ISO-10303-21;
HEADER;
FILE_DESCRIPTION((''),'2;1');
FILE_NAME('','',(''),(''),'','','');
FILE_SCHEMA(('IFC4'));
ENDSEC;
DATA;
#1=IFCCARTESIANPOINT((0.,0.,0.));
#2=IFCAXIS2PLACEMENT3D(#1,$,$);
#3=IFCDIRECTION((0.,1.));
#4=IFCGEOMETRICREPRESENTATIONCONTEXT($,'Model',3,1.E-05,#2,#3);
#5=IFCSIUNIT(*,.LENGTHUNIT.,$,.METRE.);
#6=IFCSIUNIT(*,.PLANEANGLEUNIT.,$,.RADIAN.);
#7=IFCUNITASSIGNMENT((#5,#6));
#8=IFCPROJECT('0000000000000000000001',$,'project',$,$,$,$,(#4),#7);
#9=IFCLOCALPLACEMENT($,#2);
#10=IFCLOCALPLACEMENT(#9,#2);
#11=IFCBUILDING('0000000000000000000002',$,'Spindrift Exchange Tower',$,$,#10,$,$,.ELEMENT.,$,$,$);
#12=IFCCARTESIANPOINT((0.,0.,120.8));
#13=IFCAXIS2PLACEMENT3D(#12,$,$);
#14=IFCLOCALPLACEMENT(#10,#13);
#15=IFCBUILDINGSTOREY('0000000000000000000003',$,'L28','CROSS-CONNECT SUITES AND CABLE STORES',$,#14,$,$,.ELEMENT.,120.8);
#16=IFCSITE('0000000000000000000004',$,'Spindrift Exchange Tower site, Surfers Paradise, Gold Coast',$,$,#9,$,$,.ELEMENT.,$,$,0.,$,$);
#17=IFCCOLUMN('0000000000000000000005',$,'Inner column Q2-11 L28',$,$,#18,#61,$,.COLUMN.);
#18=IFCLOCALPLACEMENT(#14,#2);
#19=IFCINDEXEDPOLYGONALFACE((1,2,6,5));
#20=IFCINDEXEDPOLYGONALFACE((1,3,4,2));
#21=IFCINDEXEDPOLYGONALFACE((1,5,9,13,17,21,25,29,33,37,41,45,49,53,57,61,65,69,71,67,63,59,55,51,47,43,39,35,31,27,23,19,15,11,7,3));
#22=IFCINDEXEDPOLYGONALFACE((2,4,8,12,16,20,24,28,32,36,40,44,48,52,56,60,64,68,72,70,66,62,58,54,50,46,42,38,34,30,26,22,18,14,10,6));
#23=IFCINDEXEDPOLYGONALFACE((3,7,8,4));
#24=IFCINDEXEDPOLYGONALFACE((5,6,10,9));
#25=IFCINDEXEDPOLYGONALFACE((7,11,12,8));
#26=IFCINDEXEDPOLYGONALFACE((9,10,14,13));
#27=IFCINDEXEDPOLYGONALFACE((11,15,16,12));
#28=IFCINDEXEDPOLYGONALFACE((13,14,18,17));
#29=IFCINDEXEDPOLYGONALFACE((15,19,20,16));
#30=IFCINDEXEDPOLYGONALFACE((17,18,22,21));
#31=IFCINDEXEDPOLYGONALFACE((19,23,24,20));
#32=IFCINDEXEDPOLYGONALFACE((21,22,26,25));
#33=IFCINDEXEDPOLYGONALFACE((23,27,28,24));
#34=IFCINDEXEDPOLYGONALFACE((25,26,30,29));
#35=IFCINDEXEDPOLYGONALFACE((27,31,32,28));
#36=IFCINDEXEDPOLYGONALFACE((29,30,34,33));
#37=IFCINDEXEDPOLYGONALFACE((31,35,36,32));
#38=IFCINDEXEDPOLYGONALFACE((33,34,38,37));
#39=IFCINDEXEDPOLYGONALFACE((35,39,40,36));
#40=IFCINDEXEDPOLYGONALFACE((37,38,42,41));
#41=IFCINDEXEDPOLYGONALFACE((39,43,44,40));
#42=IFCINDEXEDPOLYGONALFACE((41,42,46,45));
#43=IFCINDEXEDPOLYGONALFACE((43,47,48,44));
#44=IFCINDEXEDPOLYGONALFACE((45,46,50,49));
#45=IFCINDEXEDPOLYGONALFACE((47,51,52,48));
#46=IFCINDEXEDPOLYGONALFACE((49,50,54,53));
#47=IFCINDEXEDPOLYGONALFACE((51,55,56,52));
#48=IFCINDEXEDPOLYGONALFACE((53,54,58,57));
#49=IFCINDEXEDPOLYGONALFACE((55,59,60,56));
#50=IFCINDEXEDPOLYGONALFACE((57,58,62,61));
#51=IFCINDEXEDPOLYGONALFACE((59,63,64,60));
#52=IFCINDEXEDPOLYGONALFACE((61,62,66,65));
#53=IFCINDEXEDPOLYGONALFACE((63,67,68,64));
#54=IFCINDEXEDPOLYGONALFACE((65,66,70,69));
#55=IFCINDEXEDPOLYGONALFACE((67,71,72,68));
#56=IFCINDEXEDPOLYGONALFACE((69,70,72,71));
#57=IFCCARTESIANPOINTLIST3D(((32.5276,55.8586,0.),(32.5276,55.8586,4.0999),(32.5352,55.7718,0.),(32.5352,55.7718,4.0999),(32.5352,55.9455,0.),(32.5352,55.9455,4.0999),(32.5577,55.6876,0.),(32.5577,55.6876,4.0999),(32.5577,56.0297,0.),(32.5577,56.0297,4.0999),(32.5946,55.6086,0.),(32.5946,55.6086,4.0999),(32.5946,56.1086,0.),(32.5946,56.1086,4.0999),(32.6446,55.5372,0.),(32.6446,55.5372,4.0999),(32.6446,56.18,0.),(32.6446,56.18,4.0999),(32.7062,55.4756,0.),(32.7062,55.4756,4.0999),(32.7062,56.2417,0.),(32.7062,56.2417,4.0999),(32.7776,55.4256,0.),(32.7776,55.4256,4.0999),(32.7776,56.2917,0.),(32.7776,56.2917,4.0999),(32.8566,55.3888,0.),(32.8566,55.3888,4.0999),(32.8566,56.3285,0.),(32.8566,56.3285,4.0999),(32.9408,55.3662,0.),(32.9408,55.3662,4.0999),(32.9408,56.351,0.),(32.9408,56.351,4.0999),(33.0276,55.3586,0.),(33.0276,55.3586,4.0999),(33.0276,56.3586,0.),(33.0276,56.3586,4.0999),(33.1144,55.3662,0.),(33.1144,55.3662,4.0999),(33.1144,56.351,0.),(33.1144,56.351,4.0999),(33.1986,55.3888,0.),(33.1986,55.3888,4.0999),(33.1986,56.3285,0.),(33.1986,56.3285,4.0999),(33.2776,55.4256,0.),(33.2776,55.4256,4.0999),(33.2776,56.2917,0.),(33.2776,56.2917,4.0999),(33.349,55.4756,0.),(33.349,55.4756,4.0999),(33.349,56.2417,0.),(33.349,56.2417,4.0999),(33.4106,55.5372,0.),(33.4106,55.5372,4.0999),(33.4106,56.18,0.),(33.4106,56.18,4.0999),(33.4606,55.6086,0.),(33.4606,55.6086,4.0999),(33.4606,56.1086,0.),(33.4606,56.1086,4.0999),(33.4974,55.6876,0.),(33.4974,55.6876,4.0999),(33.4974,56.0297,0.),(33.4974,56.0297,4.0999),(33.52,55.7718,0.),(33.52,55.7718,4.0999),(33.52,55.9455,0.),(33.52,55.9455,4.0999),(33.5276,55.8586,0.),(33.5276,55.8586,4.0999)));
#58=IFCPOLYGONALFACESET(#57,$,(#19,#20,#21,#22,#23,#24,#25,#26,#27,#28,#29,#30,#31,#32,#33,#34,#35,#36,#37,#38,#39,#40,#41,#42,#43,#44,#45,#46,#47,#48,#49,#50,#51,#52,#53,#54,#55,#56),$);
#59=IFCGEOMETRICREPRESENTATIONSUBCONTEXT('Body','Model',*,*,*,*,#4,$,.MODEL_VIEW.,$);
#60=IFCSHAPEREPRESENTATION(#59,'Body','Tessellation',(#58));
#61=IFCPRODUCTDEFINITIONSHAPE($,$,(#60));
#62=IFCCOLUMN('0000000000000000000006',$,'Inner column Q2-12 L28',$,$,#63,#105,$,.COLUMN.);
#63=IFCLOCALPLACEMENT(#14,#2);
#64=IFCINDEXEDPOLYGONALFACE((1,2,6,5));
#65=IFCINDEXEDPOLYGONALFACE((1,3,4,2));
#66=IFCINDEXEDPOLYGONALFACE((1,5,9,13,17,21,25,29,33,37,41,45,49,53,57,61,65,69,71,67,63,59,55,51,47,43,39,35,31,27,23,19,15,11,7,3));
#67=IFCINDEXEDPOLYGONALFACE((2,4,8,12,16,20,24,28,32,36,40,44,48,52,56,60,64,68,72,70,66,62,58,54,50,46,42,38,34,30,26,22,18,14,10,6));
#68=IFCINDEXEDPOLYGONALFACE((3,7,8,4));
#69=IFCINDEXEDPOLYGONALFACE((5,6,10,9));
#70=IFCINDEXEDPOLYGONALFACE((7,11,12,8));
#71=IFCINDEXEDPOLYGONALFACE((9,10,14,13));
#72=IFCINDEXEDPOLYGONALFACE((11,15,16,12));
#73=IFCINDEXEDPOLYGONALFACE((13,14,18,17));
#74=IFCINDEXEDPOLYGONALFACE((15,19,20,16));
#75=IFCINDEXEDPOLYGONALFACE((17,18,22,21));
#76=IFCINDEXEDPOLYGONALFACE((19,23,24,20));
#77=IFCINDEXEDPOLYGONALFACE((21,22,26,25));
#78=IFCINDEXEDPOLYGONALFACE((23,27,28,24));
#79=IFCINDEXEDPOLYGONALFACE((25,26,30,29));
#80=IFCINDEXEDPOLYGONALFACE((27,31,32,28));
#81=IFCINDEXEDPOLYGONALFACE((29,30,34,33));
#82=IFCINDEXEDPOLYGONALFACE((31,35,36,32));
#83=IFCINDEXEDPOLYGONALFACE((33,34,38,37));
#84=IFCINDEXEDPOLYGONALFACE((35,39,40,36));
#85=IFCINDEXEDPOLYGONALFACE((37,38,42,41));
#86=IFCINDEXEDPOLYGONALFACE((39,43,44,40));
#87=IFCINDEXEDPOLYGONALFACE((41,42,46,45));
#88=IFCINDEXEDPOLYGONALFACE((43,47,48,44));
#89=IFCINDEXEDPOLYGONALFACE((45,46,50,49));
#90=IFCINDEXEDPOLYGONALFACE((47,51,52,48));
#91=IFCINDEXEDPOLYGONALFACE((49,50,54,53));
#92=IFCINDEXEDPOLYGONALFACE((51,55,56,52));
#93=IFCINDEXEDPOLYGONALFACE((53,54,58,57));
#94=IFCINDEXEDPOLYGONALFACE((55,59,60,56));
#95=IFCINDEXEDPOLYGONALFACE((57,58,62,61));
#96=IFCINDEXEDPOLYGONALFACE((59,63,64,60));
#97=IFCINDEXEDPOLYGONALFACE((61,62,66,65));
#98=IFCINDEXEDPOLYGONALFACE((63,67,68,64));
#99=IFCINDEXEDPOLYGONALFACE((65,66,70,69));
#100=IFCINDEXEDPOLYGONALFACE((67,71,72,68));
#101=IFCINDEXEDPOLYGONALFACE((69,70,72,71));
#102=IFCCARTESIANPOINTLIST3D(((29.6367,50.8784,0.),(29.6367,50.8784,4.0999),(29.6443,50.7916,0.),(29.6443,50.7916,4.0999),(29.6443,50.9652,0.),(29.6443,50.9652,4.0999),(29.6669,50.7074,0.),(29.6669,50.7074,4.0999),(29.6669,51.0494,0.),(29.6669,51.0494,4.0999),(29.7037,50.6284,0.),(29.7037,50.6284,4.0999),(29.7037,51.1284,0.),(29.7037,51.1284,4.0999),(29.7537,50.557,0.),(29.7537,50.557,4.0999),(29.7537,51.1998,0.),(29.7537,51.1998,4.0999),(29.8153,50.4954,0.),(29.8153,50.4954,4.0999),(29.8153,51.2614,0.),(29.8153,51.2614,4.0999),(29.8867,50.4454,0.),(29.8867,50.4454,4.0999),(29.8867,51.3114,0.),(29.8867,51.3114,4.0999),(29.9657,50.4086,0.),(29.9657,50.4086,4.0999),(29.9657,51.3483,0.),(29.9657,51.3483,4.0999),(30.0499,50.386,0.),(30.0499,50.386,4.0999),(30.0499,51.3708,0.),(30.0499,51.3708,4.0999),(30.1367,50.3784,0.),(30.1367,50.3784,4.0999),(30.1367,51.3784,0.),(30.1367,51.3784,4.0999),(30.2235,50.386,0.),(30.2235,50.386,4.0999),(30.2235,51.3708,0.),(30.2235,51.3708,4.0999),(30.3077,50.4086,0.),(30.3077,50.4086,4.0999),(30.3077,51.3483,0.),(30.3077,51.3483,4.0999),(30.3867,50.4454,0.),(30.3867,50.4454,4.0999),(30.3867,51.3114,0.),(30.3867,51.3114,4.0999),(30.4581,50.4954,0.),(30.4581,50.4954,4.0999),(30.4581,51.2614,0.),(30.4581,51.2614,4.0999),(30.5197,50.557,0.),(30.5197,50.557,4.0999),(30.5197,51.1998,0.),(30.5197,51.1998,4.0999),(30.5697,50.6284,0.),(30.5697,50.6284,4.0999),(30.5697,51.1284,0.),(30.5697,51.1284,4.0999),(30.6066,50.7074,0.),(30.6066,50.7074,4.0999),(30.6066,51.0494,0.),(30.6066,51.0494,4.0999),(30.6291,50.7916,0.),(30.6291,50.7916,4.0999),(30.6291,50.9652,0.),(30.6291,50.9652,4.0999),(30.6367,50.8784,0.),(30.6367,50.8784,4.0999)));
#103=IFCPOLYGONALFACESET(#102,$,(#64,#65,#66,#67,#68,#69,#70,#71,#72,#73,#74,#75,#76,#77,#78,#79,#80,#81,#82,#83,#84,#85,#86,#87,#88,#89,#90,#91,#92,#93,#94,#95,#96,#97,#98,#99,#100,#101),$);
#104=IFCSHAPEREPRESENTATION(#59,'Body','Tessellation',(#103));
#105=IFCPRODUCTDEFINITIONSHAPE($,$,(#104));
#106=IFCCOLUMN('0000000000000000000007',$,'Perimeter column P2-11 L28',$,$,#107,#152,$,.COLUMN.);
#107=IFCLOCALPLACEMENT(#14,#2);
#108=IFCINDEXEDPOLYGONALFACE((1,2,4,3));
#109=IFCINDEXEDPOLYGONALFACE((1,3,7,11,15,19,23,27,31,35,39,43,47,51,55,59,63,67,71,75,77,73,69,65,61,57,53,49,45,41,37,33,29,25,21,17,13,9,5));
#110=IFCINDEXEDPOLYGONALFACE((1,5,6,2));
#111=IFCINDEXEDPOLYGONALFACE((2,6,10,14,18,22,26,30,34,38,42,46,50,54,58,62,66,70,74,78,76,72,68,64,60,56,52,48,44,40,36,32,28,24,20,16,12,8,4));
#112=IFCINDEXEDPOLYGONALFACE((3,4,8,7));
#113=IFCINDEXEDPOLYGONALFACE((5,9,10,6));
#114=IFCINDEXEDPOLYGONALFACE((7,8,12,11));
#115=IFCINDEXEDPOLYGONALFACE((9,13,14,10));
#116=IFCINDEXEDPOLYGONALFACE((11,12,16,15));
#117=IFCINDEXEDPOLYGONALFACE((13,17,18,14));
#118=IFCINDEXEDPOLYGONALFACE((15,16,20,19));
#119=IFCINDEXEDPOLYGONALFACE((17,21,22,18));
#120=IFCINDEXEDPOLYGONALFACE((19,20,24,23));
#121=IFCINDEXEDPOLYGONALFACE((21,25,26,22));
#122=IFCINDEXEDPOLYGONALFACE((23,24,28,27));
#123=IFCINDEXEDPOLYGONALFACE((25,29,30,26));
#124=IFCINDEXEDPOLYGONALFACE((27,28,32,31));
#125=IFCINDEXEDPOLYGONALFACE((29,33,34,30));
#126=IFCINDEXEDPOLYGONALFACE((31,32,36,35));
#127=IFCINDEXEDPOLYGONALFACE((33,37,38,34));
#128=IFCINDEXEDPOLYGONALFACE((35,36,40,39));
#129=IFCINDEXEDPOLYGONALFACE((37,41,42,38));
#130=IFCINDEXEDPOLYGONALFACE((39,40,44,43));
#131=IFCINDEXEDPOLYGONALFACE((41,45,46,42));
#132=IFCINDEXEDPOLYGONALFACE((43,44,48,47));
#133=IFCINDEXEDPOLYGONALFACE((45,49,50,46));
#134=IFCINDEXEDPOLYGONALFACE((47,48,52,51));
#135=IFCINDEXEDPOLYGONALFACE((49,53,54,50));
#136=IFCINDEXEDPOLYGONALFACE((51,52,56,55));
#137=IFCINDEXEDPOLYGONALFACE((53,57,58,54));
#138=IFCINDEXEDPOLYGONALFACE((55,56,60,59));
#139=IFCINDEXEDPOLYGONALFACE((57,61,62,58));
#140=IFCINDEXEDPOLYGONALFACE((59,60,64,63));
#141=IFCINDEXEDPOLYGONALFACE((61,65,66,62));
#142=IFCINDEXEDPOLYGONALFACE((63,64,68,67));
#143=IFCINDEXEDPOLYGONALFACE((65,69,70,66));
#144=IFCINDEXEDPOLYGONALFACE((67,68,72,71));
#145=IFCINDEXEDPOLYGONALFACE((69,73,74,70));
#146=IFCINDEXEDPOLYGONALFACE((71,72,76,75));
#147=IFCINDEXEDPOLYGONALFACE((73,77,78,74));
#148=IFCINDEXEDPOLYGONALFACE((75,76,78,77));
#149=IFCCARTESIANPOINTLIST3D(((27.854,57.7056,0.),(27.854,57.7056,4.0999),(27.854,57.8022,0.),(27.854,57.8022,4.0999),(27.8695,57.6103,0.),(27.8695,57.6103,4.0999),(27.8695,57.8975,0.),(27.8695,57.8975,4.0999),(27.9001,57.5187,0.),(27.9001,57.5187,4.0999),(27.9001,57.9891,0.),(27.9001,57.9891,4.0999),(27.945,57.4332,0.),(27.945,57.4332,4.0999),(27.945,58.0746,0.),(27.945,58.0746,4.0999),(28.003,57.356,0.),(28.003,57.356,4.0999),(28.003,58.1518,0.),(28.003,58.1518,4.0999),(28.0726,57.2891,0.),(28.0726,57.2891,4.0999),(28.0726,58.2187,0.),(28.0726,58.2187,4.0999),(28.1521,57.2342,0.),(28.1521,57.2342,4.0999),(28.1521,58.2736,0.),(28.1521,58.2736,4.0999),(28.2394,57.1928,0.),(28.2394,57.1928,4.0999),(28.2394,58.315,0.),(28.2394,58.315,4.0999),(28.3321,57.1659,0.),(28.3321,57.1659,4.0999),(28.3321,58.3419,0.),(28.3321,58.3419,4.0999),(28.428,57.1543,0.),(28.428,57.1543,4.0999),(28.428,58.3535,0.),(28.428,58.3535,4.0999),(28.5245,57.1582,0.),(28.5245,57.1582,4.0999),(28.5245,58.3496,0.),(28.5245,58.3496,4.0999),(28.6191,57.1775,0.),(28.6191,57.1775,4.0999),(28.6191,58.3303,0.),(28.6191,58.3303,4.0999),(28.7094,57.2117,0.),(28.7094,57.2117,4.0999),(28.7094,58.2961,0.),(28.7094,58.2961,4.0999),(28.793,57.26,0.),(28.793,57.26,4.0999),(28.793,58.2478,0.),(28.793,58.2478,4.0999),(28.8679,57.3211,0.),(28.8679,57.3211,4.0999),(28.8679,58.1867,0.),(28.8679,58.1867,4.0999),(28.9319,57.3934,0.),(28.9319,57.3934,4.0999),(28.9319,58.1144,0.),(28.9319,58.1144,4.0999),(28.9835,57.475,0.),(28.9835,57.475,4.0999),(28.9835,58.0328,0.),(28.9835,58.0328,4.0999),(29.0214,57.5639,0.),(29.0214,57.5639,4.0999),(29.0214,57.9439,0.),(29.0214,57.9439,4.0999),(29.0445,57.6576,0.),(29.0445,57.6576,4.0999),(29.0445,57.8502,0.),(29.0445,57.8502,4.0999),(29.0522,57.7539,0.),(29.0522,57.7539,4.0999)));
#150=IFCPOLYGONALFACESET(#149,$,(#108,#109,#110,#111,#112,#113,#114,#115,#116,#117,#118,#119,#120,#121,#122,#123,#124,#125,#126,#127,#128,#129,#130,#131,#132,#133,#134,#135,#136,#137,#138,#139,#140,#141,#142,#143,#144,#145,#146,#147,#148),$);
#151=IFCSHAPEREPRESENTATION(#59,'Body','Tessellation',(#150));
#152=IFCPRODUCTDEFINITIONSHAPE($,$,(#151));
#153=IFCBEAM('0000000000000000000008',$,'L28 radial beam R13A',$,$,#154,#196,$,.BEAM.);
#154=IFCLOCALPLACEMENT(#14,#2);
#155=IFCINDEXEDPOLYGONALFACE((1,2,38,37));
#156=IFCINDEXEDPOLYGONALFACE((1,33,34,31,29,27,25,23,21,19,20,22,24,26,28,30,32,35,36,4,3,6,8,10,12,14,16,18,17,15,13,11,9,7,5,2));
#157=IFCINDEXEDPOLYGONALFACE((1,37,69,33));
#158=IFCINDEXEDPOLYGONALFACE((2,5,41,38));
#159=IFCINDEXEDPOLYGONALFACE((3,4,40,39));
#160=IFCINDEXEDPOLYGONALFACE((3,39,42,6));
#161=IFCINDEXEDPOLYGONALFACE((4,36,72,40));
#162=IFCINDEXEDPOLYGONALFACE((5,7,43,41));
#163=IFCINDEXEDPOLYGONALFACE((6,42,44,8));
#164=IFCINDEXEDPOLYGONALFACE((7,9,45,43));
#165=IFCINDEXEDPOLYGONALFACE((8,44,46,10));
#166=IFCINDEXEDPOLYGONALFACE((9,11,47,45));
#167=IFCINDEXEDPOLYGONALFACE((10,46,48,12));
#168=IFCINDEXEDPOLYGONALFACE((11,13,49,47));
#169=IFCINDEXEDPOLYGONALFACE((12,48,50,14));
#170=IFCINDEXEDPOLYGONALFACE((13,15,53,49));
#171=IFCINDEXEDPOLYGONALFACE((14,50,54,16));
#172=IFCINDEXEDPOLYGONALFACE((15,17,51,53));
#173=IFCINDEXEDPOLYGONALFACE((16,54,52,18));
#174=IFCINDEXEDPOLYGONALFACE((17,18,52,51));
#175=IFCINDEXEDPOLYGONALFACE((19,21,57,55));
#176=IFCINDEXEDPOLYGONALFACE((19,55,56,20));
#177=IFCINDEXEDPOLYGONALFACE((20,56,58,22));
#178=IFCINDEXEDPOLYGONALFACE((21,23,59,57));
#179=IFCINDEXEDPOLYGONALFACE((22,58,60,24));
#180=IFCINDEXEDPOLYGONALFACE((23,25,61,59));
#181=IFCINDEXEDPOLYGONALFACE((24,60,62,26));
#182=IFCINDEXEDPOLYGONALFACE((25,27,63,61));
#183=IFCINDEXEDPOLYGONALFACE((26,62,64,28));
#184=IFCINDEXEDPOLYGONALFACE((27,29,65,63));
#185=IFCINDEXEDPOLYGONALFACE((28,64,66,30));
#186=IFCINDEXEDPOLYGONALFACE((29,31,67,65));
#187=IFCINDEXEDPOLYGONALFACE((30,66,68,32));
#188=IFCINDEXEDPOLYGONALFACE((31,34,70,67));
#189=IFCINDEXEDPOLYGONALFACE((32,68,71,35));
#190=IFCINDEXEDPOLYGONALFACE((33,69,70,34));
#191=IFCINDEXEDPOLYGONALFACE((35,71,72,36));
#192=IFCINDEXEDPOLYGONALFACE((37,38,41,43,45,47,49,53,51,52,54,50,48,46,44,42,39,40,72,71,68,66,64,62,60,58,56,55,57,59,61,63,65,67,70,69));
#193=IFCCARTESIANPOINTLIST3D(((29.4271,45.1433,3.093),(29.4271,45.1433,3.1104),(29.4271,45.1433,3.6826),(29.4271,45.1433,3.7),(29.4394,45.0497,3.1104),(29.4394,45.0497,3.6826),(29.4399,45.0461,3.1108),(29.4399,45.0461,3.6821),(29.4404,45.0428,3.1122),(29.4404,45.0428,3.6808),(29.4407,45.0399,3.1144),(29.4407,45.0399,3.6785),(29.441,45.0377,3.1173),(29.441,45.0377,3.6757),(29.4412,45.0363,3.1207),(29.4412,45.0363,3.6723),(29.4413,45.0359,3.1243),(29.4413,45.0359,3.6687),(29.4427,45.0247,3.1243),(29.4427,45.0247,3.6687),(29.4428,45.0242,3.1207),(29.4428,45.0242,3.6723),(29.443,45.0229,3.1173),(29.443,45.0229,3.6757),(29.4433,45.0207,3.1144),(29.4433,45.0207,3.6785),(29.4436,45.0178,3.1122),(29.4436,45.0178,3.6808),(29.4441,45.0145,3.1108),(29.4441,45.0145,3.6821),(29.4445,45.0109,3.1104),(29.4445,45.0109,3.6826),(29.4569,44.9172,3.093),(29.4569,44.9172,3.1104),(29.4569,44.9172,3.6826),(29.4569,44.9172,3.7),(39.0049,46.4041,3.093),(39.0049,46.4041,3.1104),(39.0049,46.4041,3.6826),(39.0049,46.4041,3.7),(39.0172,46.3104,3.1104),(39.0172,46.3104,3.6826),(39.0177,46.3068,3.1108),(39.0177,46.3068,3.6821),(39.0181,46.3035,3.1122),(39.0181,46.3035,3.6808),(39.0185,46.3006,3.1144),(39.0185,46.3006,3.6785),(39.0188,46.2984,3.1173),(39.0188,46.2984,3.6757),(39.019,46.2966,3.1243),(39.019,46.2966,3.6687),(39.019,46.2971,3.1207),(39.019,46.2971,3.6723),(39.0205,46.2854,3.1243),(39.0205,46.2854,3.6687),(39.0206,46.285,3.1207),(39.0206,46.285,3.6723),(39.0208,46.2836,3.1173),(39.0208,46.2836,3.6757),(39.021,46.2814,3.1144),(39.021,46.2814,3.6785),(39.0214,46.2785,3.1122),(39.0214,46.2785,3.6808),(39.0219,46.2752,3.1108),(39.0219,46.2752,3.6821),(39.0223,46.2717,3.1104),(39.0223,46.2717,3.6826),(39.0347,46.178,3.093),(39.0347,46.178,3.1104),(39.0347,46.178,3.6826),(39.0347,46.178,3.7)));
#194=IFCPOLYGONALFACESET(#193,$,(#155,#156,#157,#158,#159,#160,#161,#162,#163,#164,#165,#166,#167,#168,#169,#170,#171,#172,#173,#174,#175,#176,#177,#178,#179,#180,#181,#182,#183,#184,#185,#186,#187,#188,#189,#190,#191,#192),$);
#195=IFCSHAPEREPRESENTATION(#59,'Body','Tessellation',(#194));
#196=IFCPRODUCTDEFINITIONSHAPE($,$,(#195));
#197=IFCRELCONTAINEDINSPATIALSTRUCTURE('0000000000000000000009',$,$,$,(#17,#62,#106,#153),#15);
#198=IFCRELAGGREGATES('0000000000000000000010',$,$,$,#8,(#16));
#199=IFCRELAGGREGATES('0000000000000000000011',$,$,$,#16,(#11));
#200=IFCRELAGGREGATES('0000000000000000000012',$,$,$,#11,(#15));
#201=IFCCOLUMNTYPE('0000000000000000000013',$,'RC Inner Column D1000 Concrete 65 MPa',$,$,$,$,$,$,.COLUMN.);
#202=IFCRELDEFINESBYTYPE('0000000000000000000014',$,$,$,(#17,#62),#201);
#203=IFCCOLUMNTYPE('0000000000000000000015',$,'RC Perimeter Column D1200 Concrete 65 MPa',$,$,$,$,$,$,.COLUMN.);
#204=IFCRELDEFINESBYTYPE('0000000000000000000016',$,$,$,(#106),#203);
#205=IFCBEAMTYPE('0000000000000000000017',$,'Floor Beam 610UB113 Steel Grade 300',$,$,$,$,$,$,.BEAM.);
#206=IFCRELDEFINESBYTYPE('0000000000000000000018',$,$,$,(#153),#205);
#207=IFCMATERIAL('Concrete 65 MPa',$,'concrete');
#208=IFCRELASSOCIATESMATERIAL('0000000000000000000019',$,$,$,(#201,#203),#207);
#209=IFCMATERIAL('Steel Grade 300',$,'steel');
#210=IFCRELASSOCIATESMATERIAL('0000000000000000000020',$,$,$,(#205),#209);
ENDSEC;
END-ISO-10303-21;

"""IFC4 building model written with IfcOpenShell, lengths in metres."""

from ifc_helpers import new_model, si_unit, direction, frame, origin, origin_2d, place, context, subcontext, project, spatial, circle, i_section, extrude, source, transform, mapped, material, material_profile, profile_set, type_object, element, save


model = new_model("IFC4")

# Units and contexts
model_context = context("Model", 3, precision=1e-05, world=origin(), true_north=direction((0.0, 1.0)))
body_context = subcontext(model_context, "Body", "Model", "MODEL_VIEW")
ifc_project = project(units=[si_unit("LENGTHUNIT", "METRE"), si_unit("PLANEANGLEUNIT", "RADIAN")], contexts=[model_context])

# Site, building, storey
site_placement = place(None, origin())
site = spatial("IfcSite", under=ifc_project, at=site_placement, Name="Spindrift Exchange Tower site, Surfers Paradise, Gold Coast", CompositionType="ELEMENT", RefElevation=0.0)
building_placement = place(site_placement, origin())
building = spatial("IfcBuilding", under=site, at=building_placement, Name="Spindrift Exchange Tower", CompositionType="ELEMENT")
storey_placement = place(building_placement, frame((0.0, 0.0, 120.8)))
storey = spatial("IfcBuildingStorey", under=building, at=storey_placement, Name="L28", Description="CROSS-CONNECT SUITES AND CABLE STORES", CompositionType="ELEMENT", Elevation=120.8)

# Columns
ifc_material_1 = material(Name="Concrete 65 MPa", Category="concrete")
ifc_material_profile_1 = material_profile(ifc_material_1, circle(Radius=0.5, at=origin_2d()), Name="RC D1000")
ifc_profile_set_1 = profile_set([ifc_material_profile_1], Name="Concrete 65 MPa")
column_type_1 = type_object("IfcColumnType", Name="RC Inner Column D1000 Concrete 65 MPa", PredefinedType="COLUMN", material=ifc_profile_set_1)
shared_shape_1 = source(origin(), body_context, "Body", "SweptSolid", [
    extrude(circle(Radius=0.5, at=origin_2d()), origin(), (0.0, 0.0, 1.0), 4.0999),
])
for number, where, z_axis, x_axis, name in (
    (1, (33.0276, 55.8586, 0.0), (0.0, 0.0, 1.0), (1.0, 0.0, 0.0), "Inner column Q2-11 L28"),
    (2, (30.1367, 50.8784, 0.0), (0.0, 0.0, 1.0), (1.0, 0.0, 0.0), "Inner column Q2-12 L28"),
):
    element("IfcColumn", number, at=place(storey_placement, frame(where, z_axis=z_axis, x_axis=x_axis)), inside=storey, type_object=column_type_1, Name=name, PredefinedType="COLUMN", context=body_context, shape_type="MappedRepresentation", body=[
        mapped(shared_shape_1, transform((0.0, 0.0, 0.0), scale=1.0)),
    ])
ifc_material_profile_2 = material_profile(ifc_material_1, circle(Radius=0.6001, at=origin_2d()), Name="RC D1200")
ifc_profile_set_2 = profile_set([ifc_material_profile_2], Name="Concrete 65 MPa")
column_type_2 = type_object("IfcColumnType", Name="RC Perimeter Column D1200 Concrete 65 MPa", PredefinedType="COLUMN", material=ifc_profile_set_2)
shared_shape_2 = source(origin(), body_context, "Body", "SweptSolid", [
    extrude(circle(Radius=0.6001, at=origin_2d()), origin(), (0.0, 0.0, 1.0), 4.0999),
])
column_placement = place(storey_placement, frame((28.4521, 57.7539, 0.0), z_axis=(0.0, 0.0, 1.0), x_axis=(1.0, 0.0, 0.0)))
element("IfcColumn", 3, at=column_placement, inside=storey, type_object=column_type_2, Name="Perimeter column P2-11 L28", PredefinedType="COLUMN", context=body_context, shape_type="MappedRepresentation", body=[
    mapped(shared_shape_2, transform((0.0, 0.0, 0.0), scale=1.0)),
])

# Beam
ifc_material_2 = material(Name="Steel Grade 300", Category="steel")
ifc_material_profile_3 = material_profile(ifc_material_2, i_section(OverallWidth=0.228, OverallDepth=0.6069, WebThickness=0.0112, FlangeThickness=0.0173, FilletRadius=0.0139, at=origin_2d()), Name="610UB113")
ifc_profile_set_3 = profile_set([ifc_material_profile_3], Name="Steel Grade 300")
beam_type_1 = type_object("IfcBeamType", Name="Floor Beam 610UB113 Steel Grade 300", PredefinedType="BEAM", material=ifc_profile_set_3)
shared_shape_3 = source(origin(), body_context, "Body", "SweptSolid", [
    extrude(i_section(OverallWidth=0.228, OverallDepth=0.6069, WebThickness=0.0112, FlangeThickness=0.0173, FilletRadius=0.0139, at=origin_2d()), origin(), (0.0, 0.0, 1.0), 9.6604),
])
beam_1_placement = place(storey_placement, frame((39.0198, 46.291, 3.3965), z_axis=(-0.991448, -0.130505, 0.0), x_axis=(0.130505, -0.991448, 0.0)))
element("IfcBeam", 4, at=beam_1_placement, inside=storey, type_object=beam_type_1, Name="L28 radial beam R13A", PredefinedType="BEAM", context=body_context, shape_type="MappedRepresentation", body=[
    mapped(shared_shape_3, transform((0.0, 0.0, 0.0), scale=1.0)),
])

save(model, "model.ifc")
